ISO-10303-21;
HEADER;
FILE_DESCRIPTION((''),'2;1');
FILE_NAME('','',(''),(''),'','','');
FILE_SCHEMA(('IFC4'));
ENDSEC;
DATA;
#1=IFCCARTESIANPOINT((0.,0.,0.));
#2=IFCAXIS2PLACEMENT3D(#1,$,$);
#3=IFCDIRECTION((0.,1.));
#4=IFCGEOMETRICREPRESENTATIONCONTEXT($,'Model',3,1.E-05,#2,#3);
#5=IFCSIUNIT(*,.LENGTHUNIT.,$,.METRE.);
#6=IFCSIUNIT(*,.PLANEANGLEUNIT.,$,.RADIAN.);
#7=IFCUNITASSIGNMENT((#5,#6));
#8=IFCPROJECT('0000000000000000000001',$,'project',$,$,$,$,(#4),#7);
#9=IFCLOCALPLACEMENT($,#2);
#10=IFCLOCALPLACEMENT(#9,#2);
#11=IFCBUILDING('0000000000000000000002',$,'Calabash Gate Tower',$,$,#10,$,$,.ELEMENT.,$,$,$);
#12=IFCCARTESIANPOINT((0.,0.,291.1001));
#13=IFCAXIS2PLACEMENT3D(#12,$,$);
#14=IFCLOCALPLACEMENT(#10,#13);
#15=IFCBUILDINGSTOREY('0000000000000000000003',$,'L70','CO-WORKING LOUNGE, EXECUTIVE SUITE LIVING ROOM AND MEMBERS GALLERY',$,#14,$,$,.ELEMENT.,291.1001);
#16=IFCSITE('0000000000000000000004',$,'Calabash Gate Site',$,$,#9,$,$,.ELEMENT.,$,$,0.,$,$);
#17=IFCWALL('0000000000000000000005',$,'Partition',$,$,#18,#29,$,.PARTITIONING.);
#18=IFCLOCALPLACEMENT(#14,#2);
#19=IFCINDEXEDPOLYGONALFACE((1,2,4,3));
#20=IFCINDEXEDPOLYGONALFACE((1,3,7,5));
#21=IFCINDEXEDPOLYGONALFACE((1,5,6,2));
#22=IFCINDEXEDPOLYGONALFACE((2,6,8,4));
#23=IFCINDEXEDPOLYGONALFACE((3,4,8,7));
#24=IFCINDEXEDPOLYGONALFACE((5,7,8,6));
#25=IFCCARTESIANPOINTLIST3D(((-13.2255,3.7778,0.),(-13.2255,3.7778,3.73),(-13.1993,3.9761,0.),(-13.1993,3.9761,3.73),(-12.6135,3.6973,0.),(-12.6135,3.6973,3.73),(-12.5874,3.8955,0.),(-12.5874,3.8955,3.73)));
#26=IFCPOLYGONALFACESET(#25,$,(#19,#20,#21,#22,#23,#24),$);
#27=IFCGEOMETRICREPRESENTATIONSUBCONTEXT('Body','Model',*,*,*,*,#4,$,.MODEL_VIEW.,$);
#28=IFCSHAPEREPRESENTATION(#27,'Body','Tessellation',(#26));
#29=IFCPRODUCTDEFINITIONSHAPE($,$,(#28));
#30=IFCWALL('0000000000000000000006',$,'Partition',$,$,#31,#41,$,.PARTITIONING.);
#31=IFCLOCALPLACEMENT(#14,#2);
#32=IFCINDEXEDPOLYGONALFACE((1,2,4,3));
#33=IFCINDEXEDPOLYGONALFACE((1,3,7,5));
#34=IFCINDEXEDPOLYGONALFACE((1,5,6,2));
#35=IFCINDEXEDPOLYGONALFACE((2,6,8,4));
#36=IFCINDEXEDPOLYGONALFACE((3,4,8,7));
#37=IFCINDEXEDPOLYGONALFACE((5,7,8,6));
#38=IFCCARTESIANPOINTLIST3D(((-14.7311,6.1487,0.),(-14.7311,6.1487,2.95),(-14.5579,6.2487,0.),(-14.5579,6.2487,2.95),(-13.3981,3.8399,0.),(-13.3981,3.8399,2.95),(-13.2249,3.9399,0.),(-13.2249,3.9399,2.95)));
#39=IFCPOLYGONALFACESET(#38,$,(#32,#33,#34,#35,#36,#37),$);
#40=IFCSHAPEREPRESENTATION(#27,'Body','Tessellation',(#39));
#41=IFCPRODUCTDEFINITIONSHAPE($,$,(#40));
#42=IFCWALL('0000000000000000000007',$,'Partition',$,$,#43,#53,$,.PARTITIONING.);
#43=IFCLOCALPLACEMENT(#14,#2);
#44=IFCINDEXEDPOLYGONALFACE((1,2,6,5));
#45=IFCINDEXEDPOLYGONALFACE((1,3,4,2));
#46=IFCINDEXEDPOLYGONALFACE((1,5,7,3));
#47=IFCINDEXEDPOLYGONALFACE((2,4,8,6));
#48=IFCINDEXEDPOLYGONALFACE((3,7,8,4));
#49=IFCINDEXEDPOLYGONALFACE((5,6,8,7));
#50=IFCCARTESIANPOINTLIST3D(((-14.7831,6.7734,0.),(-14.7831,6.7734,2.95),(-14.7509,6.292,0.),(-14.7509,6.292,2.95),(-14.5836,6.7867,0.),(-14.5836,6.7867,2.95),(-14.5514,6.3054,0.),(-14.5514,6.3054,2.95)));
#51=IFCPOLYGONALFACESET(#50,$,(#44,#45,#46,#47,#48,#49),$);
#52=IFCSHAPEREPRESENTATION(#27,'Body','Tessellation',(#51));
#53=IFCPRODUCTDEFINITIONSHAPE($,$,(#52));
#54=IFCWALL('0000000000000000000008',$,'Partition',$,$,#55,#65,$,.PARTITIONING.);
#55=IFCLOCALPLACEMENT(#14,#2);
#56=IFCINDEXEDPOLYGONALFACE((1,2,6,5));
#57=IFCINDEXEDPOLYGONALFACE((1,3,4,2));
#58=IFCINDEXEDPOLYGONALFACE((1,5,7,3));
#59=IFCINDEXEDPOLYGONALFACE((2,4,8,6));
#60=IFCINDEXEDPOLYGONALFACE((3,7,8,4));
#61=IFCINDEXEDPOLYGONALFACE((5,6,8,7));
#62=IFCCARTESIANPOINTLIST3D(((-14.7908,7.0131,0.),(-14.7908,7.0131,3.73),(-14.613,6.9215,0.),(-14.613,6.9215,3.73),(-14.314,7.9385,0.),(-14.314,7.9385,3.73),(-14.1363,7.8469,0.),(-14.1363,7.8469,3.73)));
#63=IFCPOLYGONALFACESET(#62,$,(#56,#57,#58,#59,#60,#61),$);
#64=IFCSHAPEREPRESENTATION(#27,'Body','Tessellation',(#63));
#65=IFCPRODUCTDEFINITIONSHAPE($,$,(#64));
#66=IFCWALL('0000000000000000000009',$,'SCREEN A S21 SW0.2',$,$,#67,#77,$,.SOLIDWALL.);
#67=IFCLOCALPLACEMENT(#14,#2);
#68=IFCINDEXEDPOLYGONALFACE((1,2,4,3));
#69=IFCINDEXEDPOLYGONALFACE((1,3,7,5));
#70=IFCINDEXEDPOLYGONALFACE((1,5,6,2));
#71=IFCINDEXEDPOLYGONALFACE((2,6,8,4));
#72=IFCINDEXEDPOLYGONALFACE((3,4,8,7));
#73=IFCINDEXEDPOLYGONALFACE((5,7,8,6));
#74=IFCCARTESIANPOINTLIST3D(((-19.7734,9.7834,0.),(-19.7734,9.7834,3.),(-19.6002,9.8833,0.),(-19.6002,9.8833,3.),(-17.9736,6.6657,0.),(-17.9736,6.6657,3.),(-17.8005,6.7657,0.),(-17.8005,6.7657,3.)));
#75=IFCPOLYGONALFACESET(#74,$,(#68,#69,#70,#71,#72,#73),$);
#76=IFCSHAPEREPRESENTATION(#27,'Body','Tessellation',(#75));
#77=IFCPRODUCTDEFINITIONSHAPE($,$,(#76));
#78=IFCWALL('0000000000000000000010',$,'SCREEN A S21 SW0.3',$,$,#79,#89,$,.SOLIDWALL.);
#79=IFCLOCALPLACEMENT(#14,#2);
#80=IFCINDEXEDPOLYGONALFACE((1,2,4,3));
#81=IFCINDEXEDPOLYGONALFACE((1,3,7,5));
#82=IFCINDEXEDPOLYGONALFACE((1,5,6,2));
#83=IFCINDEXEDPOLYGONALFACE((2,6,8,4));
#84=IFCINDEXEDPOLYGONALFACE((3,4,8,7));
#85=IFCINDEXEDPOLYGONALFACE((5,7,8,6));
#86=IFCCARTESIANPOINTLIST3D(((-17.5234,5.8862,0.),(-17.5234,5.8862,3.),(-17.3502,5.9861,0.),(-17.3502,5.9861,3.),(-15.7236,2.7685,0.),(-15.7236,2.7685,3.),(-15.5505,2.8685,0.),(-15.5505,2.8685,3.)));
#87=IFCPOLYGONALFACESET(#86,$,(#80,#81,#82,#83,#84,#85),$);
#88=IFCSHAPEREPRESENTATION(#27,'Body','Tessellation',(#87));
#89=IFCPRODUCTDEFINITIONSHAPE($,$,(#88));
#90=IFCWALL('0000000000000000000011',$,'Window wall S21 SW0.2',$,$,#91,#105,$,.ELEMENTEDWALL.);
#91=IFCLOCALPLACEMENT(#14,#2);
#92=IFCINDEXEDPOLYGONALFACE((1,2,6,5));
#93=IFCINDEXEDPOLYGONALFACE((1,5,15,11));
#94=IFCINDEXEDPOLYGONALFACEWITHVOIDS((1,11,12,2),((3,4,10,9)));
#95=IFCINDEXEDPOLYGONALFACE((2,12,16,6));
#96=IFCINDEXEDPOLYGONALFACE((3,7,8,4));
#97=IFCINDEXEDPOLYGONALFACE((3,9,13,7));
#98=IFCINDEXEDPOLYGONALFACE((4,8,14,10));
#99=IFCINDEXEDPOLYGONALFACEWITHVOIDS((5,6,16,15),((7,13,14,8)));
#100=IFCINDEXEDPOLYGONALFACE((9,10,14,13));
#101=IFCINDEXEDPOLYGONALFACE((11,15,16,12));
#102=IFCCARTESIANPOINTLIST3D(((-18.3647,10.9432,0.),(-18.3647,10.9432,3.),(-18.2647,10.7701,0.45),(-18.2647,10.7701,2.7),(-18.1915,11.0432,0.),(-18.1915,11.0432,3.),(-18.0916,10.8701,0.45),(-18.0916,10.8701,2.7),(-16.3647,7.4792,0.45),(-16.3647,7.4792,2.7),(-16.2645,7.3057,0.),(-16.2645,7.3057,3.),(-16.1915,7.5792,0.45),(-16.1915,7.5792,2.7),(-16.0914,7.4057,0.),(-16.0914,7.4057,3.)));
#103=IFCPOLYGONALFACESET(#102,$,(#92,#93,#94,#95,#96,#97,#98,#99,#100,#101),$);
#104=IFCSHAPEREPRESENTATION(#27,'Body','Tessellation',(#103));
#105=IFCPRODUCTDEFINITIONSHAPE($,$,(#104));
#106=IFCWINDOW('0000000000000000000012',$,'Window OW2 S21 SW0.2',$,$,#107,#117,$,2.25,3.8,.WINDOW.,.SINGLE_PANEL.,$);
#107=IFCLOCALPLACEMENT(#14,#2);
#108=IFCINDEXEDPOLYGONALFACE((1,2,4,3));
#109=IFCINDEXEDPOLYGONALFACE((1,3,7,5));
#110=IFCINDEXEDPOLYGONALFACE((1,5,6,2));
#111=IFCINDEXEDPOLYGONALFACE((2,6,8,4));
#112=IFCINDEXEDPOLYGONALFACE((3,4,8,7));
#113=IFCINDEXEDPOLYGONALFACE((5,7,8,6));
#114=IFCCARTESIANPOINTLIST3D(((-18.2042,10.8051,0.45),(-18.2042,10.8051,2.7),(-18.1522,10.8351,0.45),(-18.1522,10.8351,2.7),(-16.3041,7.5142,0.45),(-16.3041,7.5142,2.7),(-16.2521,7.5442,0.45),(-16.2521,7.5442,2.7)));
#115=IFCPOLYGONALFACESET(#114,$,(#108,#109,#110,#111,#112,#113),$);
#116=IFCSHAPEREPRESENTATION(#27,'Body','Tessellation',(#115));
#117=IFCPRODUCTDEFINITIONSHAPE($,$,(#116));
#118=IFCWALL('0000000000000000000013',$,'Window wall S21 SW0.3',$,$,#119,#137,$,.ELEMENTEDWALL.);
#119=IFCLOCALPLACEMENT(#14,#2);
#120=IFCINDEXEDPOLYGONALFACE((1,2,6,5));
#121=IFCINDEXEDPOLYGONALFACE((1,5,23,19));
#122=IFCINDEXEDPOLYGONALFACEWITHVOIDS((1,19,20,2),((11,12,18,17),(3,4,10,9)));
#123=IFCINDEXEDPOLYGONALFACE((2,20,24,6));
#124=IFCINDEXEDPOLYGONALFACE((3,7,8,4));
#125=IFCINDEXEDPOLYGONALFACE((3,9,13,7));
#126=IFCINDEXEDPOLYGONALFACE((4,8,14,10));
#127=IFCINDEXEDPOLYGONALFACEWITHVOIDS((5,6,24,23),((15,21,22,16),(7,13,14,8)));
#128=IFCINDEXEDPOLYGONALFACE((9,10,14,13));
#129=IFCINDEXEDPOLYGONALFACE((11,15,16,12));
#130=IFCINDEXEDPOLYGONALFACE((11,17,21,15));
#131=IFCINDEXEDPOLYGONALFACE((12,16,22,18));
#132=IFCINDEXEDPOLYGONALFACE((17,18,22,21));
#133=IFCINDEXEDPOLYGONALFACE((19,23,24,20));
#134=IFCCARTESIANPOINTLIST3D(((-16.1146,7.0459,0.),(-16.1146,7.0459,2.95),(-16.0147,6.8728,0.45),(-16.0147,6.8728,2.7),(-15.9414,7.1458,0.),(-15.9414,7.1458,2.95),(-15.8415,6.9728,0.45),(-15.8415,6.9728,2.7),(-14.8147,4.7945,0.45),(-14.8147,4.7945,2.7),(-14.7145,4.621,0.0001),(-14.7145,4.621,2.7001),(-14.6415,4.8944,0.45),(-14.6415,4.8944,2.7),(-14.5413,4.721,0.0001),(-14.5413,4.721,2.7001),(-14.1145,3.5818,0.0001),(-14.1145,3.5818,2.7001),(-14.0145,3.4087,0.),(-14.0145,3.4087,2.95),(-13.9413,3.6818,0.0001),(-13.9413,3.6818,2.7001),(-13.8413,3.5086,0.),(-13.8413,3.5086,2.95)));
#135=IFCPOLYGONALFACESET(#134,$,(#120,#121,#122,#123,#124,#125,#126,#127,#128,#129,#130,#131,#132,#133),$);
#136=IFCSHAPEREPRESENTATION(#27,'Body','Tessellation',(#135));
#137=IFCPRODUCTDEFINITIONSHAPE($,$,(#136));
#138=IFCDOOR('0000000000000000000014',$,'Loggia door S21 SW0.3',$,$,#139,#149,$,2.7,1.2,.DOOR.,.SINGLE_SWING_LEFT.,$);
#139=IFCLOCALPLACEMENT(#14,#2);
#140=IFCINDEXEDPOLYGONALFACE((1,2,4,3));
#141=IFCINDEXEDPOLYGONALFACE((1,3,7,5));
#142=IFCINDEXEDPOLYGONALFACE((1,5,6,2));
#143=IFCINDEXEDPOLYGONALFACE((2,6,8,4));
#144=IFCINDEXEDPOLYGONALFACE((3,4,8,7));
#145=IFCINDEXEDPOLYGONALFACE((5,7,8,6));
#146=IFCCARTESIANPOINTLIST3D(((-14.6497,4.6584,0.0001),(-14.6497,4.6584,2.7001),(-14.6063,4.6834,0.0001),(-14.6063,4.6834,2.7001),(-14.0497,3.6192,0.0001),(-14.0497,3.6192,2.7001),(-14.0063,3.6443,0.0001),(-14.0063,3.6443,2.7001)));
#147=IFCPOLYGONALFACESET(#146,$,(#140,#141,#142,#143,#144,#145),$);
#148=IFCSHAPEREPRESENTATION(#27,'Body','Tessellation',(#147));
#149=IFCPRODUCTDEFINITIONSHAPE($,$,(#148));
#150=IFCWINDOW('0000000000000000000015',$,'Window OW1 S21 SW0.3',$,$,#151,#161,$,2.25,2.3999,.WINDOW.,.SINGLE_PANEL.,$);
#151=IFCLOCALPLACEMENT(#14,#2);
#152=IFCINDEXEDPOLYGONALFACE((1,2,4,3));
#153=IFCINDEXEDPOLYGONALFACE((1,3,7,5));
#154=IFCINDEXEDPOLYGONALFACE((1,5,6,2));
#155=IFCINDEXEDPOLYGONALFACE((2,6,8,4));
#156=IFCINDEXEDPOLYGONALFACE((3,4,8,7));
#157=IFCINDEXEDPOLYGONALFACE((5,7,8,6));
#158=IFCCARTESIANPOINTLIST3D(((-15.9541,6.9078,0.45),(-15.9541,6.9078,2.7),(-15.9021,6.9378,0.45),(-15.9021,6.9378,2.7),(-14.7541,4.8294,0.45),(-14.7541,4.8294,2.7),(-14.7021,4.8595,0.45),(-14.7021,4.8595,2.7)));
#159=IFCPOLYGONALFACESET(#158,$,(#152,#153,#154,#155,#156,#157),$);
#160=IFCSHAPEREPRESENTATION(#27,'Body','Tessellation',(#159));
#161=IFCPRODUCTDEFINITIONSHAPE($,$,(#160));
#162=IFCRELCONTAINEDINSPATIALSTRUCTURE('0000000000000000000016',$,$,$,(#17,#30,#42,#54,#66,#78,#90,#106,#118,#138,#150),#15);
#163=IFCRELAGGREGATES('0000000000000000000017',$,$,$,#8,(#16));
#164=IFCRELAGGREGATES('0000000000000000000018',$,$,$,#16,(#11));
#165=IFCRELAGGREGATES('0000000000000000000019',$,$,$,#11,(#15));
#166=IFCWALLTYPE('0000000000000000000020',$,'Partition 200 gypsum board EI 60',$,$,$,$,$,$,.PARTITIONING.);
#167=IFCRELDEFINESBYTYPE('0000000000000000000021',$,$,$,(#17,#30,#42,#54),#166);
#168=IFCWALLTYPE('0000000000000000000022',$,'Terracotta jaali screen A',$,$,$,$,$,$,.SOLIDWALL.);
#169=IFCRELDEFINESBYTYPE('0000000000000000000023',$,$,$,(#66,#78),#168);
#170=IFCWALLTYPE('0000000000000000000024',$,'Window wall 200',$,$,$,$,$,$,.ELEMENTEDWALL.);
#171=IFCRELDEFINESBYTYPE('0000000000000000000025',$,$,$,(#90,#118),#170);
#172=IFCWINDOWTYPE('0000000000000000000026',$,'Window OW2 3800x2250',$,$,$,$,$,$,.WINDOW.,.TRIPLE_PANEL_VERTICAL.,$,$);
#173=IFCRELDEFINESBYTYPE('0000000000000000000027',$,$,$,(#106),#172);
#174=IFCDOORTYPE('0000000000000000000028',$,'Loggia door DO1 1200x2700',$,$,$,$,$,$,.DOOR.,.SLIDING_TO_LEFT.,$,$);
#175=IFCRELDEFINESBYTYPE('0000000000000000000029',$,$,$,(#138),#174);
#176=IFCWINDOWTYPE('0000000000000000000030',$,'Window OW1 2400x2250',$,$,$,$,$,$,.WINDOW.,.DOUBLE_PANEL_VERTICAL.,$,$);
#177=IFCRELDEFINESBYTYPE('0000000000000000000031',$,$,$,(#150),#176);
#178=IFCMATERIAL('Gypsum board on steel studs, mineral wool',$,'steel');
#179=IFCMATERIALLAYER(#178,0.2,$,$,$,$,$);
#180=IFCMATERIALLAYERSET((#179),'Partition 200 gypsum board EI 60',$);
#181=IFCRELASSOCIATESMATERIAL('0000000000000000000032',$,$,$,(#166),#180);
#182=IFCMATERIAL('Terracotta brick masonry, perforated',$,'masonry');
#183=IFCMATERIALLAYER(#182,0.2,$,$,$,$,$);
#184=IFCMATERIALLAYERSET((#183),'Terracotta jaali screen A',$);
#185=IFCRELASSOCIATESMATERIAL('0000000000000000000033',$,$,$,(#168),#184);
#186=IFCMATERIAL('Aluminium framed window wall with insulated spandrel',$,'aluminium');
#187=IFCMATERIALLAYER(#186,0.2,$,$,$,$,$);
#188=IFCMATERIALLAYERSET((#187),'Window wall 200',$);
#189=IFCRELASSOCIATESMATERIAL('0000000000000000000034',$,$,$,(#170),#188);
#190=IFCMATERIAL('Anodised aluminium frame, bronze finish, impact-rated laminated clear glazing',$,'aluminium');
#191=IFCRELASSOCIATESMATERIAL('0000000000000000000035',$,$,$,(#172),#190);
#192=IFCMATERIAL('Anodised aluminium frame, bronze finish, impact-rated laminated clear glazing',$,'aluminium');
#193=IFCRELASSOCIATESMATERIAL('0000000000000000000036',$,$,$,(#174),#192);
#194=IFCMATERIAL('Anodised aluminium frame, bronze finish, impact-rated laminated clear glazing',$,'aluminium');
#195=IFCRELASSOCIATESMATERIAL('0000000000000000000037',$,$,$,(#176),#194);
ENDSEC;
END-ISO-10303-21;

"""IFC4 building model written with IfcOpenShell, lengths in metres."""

from ifc_helpers import new_model, si_unit, direction, frame, frame_2d, origin, place, context, subcontext, project, spatial, rectangle, extrude, material, layer, layer_set, type_object, element, fill, save


model = new_model("IFC4")

# Units and contexts
model_context = context("Model", 3, precision=1e-05, world=origin(), true_north=direction((0.0, 1.0)))
body_context = subcontext(model_context, "Body", "Model", "MODEL_VIEW")
ifc_project = project(units=[si_unit("LENGTHUNIT", "METRE"), si_unit("PLANEANGLEUNIT", "RADIAN")], contexts=[model_context])

# Site, building, storey
site_placement = place(None, origin())
site = spatial("IfcSite", under=ifc_project, at=site_placement, Name="Calabash Gate Site", CompositionType="ELEMENT", RefElevation=0.0)
building_placement = place(site_placement, origin())
building = spatial("IfcBuilding", under=site, at=building_placement, Name="Calabash Gate Tower", CompositionType="ELEMENT")
storey_placement = place(building_placement, frame((0.0, 0.0, 291.1001)))
storey = spatial("IfcBuildingStorey", under=building, at=storey_placement, Name="L70", Description="CO-WORKING LOUNGE, EXECUTIVE SUITE LIVING ROOM AND MEMBERS GALLERY", CompositionType="ELEMENT", Elevation=291.1001)

# Walls
ifc_material_1 = material(Name="Gypsum board on steel studs, mineral wool", Category="steel")
ifc_layer_1 = layer(ifc_material_1, 0.2)
ifc_layer_set_1 = layer_set([ifc_layer_1], Name="Partition 200 gypsum board EI 60")
wall_type_1 = type_object("IfcWallType", Name="Partition 200 gypsum board EI 60", PredefinedType="PARTITIONING", material=ifc_layer_set_1)
wall_1_placement = place(storey_placement, frame((-13.2124, 3.877, 0.0), z_axis=(0.0, 0.0, 1.0), x_axis=(0.991441, -0.130557, 0.0)))
element("IfcWall", 1, at=wall_1_placement, inside=storey, type_object=wall_type_1, Name="Partition", PredefinedType="PARTITIONING", context=body_context, shape_type="SweptSolid", body=[
    extrude(rectangle(XDim=0.6172, YDim=0.2, at=frame_2d((0.3086, 0.0))), origin(), (0.0, 0.0, 1.0), 3.73),
])
wall_2_placement = place(storey_placement, frame((-14.6445, 6.1987, 0.0), z_axis=(0.0, 0.0, 1.0), x_axis=(0.5, -0.866025, 0.0)))
element("IfcWall", 2, at=wall_2_placement, inside=storey, type_object=wall_type_1, Name="Partition", PredefinedType="PARTITIONING", context=body_context, shape_type="SweptSolid", body=[
    extrude(rectangle(XDim=2.666, YDim=0.2, at=frame_2d((1.333, 0.0))), origin(), (0.0, 0.0, 1.0), 2.95),
])
wall_3_placement = place(storey_placement, frame((-14.6833, 6.78, 0.0), z_axis=(0.0, 0.0, 1.0), x_axis=(0.066788, -0.997767, 0.0)))
element("IfcWall", 3, at=wall_3_placement, inside=storey, type_object=wall_type_1, Name="Partition", PredefinedType="PARTITIONING", context=body_context, shape_type="SweptSolid", body=[
    extrude(rectangle(XDim=0.4824, YDim=0.2, at=frame_2d((0.2412, 0.0))), origin(), (0.0, 0.0, 1.0), 2.95),
])
wall_4_placement = place(storey_placement, frame((-14.7019, 6.9673, 0.0), z_axis=(0.0, 0.0, 1.0), x_axis=(0.457968, 0.888969, 0.0)))
element("IfcWall", 4, at=wall_4_placement, inside=storey, type_object=wall_type_1, Name="Partition", PredefinedType="PARTITIONING", context=body_context, shape_type="SweptSolid", body=[
    extrude(rectangle(XDim=1.041, YDim=0.2, at=frame_2d((0.5205, 0.0))), origin(), (0.0, 0.0, 1.0), 3.73),
])
ifc_material_2 = material(Name="Terracotta brick masonry, perforated", Category="masonry")
ifc_layer_2 = layer(ifc_material_2, 0.2)
ifc_layer_set_2 = layer_set([ifc_layer_2], Name="Terracotta jaali screen A")
wall_type_2 = type_object("IfcWallType", Name="Terracotta jaali screen A", PredefinedType="SOLIDWALL", material=ifc_layer_set_2)
for number, where, z_axis, x_axis, name in (
    (5, (-19.6868, 9.8333, 0.0), (0.0, 0.0, 1.0), (0.499961, -0.866048, 0.0), "SCREEN A S21 SW0.2"),
    (6, (-17.4368, 5.936, 0.0), (0.0, 0.0, 1.0), (0.499961, -0.866048, 0.0), "SCREEN A S21 SW0.3"),
):
    element("IfcWall", number, at=place(storey_placement, frame(where, z_axis=z_axis, x_axis=x_axis)), inside=storey, type_object=wall_type_2, Name=name, PredefinedType="SOLIDWALL", context=body_context, shape_type="SweptSolid", body=[
        extrude(rectangle(XDim=3.5999, YDim=0.2, at=frame_2d((1.7998, 0.0))), origin(), (0.0, 0.0, 1.0), 3.0),
    ])

# Wall, opening, window
ifc_material_3 = material(Name="Aluminium framed window wall with insulated spandrel", Category="aluminium")
ifc_layer_3 = layer(ifc_material_3, 0.2)
ifc_layer_set_3 = layer_set([ifc_layer_3], Name="Window wall 200")
wall_type_3 = type_object("IfcWallType", Name="Window wall 200", PredefinedType="ELEMENTEDWALL", material=ifc_layer_set_3)
wall_5_placement = place(storey_placement, frame((-18.2781, 10.9932, 0.0), z_axis=(0.0, 0.0, 1.0), x_axis=(0.500003, -0.866024, 0.0)))
wall_5 = element("IfcWall", 7, at=wall_5_placement, inside=storey, type_object=wall_type_3, Name="Window wall S21 SW0.2", PredefinedType="ELEMENTEDWALL", context=body_context, shape_type="SweptSolid", body=[
    extrude(rectangle(XDim=4.2002, YDim=0.2, at=frame_2d((2.1001, 0.0))), origin(), (0.0, 0.0, 1.0), 3.0),
])
opening_1_placement = place(wall_5_placement, frame((0.2, 0.0, 0.45)))
opening_1 = element("IfcOpeningElement", 8, at=opening_1_placement, cuts=wall_5, PredefinedType="OPENING", context=body_context, shape_type="SweptSolid", body=[
    extrude(rectangle(XDim=3.8, YDim=2.25, at=frame_2d((1.8999, 1.125))), frame((0.0, 0.1099, 0.0), z_axis=(0.0, -1.0, 0.0), x_axis=(1.0, 0.0, 0.0)), (0.0, 0.0, 1.0), 0.22),
])
ifc_material_4 = material(Name="Anodised aluminium frame, bronze finish, impact-rated laminated clear glazing", Category="aluminium")
window_type_1 = type_object("IfcWindowType", Name="Window OW2 3800x2250", PartitioningType="TRIPLE_PANEL_VERTICAL", PredefinedType="WINDOW", material=ifc_material_4)
window_1_placement = place(opening_1_placement, origin())
window_1 = element("IfcWindow", 9, at=window_1_placement, inside=storey, type_object=window_type_1, Name="Window OW2 S21 SW0.2", OverallHeight=2.25, OverallWidth=3.8, PartitioningType="SINGLE_PANEL", PredefinedType="WINDOW", context=body_context, shape_type="SweptSolid", body=[
    extrude(rectangle(XDim=3.8, YDim=2.25, at=frame_2d((1.8999, 1.125))), frame((0.0, 0.03, 0.0), z_axis=(0.0, -1.0, 0.0), x_axis=(1.0, 0.0, 0.0)), (0.0, 0.0, 1.0), 0.0601),
])
fill(opening_1, window_1)

# Wall, openings, door, window
wall_6_placement = place(storey_placement, frame((-16.0281, 7.0959, 0.0), z_axis=(0.0, 0.0, 1.0), x_axis=(0.500028, -0.866009, 0.0)))
wall_6 = element("IfcWall", 10, at=wall_6_placement, inside=storey, type_object=wall_type_3, Name="Window wall S21 SW0.3", PredefinedType="ELEMENTEDWALL", context=body_context, shape_type="SweptSolid", body=[
    extrude(rectangle(XDim=4.2, YDim=0.2, at=frame_2d((2.1001, 0.0))), origin(), (0.0, 0.0, 1.0), 2.95),
])
opening_2_placement = place(wall_6_placement, frame((0.2, 0.0, 0.45)))
opening_2 = element("IfcOpeningElement", 11, at=opening_2_placement, cuts=wall_6, PredefinedType="OPENING", context=body_context, shape_type="SweptSolid", body=[
    extrude(rectangle(XDim=2.3999, YDim=2.25, at=frame_2d((1.2, 1.125))), frame((0.0, 0.1099, 0.0), z_axis=(0.0, -1.0, 0.0), x_axis=(1.0, 0.0, 0.0)), (0.0, 0.0, 1.0), 0.22),
])
opening_3_placement = place(wall_6_placement, frame((2.8, 0.0, 0.0)))
opening_3 = element("IfcOpeningElement", 12, at=opening_3_placement, cuts=wall_6, PredefinedType="OPENING", context=body_context, shape_type="SweptSolid", body=[
    extrude(rectangle(XDim=1.2, YDim=2.7, at=frame_2d((0.6001, 1.3501))), frame((0.0, 0.1099, 0.0), z_axis=(0.0, -1.0, 0.0), x_axis=(1.0, 0.0, 0.0)), (0.0, 0.0, 1.0), 0.22),
])
ifc_material_5 = material(Name="Anodised aluminium frame, bronze finish, impact-rated laminated clear glazing", Category="aluminium")
door_type = type_object("IfcDoorType", Name="Loggia door DO1 1200x2700", OperationType="SLIDING_TO_LEFT", PredefinedType="DOOR", material=ifc_material_5)
door_placement = place(opening_3_placement, origin())
door = element("IfcDoor", 13, at=door_placement, inside=storey, type_object=door_type, Name="Loggia door S21 SW0.3", OperationType="SINGLE_SWING_LEFT", OverallHeight=2.7, OverallWidth=1.2, PredefinedType="DOOR", context=body_context, shape_type="SweptSolid", body=[
    extrude(rectangle(XDim=1.2, YDim=2.7, at=frame_2d((0.6001, 1.3501))), frame((0.0, 0.0249, 0.0), z_axis=(0.0, -1.0, 0.0), x_axis=(1.0, 0.0, 0.0)), (0.0, 0.0, 1.0), 0.05),
])
fill(opening_3, door)
ifc_material_6 = material(Name="Anodised aluminium frame, bronze finish, impact-rated laminated clear glazing", Category="aluminium")
window_type_2 = type_object("IfcWindowType", Name="Window OW1 2400x2250", PartitioningType="DOUBLE_PANEL_VERTICAL", PredefinedType="WINDOW", material=ifc_material_6)
window_2_placement = place(opening_2_placement, origin())
window_2 = element("IfcWindow", 14, at=window_2_placement, inside=storey, type_object=window_type_2, Name="Window OW1 S21 SW0.3", OverallHeight=2.25, OverallWidth=2.3999, PartitioningType="SINGLE_PANEL", PredefinedType="WINDOW", context=body_context, shape_type="SweptSolid", body=[
    extrude(rectangle(XDim=2.3999, YDim=2.25, at=frame_2d((1.2, 1.125))), frame((0.0, 0.03, 0.0), z_axis=(0.0, -1.0, 0.0), x_axis=(1.0, 0.0, 0.0)), (0.0, 0.0, 1.0), 0.0601),
])
fill(opening_2, window_2)

save(model, "model.ifc")
